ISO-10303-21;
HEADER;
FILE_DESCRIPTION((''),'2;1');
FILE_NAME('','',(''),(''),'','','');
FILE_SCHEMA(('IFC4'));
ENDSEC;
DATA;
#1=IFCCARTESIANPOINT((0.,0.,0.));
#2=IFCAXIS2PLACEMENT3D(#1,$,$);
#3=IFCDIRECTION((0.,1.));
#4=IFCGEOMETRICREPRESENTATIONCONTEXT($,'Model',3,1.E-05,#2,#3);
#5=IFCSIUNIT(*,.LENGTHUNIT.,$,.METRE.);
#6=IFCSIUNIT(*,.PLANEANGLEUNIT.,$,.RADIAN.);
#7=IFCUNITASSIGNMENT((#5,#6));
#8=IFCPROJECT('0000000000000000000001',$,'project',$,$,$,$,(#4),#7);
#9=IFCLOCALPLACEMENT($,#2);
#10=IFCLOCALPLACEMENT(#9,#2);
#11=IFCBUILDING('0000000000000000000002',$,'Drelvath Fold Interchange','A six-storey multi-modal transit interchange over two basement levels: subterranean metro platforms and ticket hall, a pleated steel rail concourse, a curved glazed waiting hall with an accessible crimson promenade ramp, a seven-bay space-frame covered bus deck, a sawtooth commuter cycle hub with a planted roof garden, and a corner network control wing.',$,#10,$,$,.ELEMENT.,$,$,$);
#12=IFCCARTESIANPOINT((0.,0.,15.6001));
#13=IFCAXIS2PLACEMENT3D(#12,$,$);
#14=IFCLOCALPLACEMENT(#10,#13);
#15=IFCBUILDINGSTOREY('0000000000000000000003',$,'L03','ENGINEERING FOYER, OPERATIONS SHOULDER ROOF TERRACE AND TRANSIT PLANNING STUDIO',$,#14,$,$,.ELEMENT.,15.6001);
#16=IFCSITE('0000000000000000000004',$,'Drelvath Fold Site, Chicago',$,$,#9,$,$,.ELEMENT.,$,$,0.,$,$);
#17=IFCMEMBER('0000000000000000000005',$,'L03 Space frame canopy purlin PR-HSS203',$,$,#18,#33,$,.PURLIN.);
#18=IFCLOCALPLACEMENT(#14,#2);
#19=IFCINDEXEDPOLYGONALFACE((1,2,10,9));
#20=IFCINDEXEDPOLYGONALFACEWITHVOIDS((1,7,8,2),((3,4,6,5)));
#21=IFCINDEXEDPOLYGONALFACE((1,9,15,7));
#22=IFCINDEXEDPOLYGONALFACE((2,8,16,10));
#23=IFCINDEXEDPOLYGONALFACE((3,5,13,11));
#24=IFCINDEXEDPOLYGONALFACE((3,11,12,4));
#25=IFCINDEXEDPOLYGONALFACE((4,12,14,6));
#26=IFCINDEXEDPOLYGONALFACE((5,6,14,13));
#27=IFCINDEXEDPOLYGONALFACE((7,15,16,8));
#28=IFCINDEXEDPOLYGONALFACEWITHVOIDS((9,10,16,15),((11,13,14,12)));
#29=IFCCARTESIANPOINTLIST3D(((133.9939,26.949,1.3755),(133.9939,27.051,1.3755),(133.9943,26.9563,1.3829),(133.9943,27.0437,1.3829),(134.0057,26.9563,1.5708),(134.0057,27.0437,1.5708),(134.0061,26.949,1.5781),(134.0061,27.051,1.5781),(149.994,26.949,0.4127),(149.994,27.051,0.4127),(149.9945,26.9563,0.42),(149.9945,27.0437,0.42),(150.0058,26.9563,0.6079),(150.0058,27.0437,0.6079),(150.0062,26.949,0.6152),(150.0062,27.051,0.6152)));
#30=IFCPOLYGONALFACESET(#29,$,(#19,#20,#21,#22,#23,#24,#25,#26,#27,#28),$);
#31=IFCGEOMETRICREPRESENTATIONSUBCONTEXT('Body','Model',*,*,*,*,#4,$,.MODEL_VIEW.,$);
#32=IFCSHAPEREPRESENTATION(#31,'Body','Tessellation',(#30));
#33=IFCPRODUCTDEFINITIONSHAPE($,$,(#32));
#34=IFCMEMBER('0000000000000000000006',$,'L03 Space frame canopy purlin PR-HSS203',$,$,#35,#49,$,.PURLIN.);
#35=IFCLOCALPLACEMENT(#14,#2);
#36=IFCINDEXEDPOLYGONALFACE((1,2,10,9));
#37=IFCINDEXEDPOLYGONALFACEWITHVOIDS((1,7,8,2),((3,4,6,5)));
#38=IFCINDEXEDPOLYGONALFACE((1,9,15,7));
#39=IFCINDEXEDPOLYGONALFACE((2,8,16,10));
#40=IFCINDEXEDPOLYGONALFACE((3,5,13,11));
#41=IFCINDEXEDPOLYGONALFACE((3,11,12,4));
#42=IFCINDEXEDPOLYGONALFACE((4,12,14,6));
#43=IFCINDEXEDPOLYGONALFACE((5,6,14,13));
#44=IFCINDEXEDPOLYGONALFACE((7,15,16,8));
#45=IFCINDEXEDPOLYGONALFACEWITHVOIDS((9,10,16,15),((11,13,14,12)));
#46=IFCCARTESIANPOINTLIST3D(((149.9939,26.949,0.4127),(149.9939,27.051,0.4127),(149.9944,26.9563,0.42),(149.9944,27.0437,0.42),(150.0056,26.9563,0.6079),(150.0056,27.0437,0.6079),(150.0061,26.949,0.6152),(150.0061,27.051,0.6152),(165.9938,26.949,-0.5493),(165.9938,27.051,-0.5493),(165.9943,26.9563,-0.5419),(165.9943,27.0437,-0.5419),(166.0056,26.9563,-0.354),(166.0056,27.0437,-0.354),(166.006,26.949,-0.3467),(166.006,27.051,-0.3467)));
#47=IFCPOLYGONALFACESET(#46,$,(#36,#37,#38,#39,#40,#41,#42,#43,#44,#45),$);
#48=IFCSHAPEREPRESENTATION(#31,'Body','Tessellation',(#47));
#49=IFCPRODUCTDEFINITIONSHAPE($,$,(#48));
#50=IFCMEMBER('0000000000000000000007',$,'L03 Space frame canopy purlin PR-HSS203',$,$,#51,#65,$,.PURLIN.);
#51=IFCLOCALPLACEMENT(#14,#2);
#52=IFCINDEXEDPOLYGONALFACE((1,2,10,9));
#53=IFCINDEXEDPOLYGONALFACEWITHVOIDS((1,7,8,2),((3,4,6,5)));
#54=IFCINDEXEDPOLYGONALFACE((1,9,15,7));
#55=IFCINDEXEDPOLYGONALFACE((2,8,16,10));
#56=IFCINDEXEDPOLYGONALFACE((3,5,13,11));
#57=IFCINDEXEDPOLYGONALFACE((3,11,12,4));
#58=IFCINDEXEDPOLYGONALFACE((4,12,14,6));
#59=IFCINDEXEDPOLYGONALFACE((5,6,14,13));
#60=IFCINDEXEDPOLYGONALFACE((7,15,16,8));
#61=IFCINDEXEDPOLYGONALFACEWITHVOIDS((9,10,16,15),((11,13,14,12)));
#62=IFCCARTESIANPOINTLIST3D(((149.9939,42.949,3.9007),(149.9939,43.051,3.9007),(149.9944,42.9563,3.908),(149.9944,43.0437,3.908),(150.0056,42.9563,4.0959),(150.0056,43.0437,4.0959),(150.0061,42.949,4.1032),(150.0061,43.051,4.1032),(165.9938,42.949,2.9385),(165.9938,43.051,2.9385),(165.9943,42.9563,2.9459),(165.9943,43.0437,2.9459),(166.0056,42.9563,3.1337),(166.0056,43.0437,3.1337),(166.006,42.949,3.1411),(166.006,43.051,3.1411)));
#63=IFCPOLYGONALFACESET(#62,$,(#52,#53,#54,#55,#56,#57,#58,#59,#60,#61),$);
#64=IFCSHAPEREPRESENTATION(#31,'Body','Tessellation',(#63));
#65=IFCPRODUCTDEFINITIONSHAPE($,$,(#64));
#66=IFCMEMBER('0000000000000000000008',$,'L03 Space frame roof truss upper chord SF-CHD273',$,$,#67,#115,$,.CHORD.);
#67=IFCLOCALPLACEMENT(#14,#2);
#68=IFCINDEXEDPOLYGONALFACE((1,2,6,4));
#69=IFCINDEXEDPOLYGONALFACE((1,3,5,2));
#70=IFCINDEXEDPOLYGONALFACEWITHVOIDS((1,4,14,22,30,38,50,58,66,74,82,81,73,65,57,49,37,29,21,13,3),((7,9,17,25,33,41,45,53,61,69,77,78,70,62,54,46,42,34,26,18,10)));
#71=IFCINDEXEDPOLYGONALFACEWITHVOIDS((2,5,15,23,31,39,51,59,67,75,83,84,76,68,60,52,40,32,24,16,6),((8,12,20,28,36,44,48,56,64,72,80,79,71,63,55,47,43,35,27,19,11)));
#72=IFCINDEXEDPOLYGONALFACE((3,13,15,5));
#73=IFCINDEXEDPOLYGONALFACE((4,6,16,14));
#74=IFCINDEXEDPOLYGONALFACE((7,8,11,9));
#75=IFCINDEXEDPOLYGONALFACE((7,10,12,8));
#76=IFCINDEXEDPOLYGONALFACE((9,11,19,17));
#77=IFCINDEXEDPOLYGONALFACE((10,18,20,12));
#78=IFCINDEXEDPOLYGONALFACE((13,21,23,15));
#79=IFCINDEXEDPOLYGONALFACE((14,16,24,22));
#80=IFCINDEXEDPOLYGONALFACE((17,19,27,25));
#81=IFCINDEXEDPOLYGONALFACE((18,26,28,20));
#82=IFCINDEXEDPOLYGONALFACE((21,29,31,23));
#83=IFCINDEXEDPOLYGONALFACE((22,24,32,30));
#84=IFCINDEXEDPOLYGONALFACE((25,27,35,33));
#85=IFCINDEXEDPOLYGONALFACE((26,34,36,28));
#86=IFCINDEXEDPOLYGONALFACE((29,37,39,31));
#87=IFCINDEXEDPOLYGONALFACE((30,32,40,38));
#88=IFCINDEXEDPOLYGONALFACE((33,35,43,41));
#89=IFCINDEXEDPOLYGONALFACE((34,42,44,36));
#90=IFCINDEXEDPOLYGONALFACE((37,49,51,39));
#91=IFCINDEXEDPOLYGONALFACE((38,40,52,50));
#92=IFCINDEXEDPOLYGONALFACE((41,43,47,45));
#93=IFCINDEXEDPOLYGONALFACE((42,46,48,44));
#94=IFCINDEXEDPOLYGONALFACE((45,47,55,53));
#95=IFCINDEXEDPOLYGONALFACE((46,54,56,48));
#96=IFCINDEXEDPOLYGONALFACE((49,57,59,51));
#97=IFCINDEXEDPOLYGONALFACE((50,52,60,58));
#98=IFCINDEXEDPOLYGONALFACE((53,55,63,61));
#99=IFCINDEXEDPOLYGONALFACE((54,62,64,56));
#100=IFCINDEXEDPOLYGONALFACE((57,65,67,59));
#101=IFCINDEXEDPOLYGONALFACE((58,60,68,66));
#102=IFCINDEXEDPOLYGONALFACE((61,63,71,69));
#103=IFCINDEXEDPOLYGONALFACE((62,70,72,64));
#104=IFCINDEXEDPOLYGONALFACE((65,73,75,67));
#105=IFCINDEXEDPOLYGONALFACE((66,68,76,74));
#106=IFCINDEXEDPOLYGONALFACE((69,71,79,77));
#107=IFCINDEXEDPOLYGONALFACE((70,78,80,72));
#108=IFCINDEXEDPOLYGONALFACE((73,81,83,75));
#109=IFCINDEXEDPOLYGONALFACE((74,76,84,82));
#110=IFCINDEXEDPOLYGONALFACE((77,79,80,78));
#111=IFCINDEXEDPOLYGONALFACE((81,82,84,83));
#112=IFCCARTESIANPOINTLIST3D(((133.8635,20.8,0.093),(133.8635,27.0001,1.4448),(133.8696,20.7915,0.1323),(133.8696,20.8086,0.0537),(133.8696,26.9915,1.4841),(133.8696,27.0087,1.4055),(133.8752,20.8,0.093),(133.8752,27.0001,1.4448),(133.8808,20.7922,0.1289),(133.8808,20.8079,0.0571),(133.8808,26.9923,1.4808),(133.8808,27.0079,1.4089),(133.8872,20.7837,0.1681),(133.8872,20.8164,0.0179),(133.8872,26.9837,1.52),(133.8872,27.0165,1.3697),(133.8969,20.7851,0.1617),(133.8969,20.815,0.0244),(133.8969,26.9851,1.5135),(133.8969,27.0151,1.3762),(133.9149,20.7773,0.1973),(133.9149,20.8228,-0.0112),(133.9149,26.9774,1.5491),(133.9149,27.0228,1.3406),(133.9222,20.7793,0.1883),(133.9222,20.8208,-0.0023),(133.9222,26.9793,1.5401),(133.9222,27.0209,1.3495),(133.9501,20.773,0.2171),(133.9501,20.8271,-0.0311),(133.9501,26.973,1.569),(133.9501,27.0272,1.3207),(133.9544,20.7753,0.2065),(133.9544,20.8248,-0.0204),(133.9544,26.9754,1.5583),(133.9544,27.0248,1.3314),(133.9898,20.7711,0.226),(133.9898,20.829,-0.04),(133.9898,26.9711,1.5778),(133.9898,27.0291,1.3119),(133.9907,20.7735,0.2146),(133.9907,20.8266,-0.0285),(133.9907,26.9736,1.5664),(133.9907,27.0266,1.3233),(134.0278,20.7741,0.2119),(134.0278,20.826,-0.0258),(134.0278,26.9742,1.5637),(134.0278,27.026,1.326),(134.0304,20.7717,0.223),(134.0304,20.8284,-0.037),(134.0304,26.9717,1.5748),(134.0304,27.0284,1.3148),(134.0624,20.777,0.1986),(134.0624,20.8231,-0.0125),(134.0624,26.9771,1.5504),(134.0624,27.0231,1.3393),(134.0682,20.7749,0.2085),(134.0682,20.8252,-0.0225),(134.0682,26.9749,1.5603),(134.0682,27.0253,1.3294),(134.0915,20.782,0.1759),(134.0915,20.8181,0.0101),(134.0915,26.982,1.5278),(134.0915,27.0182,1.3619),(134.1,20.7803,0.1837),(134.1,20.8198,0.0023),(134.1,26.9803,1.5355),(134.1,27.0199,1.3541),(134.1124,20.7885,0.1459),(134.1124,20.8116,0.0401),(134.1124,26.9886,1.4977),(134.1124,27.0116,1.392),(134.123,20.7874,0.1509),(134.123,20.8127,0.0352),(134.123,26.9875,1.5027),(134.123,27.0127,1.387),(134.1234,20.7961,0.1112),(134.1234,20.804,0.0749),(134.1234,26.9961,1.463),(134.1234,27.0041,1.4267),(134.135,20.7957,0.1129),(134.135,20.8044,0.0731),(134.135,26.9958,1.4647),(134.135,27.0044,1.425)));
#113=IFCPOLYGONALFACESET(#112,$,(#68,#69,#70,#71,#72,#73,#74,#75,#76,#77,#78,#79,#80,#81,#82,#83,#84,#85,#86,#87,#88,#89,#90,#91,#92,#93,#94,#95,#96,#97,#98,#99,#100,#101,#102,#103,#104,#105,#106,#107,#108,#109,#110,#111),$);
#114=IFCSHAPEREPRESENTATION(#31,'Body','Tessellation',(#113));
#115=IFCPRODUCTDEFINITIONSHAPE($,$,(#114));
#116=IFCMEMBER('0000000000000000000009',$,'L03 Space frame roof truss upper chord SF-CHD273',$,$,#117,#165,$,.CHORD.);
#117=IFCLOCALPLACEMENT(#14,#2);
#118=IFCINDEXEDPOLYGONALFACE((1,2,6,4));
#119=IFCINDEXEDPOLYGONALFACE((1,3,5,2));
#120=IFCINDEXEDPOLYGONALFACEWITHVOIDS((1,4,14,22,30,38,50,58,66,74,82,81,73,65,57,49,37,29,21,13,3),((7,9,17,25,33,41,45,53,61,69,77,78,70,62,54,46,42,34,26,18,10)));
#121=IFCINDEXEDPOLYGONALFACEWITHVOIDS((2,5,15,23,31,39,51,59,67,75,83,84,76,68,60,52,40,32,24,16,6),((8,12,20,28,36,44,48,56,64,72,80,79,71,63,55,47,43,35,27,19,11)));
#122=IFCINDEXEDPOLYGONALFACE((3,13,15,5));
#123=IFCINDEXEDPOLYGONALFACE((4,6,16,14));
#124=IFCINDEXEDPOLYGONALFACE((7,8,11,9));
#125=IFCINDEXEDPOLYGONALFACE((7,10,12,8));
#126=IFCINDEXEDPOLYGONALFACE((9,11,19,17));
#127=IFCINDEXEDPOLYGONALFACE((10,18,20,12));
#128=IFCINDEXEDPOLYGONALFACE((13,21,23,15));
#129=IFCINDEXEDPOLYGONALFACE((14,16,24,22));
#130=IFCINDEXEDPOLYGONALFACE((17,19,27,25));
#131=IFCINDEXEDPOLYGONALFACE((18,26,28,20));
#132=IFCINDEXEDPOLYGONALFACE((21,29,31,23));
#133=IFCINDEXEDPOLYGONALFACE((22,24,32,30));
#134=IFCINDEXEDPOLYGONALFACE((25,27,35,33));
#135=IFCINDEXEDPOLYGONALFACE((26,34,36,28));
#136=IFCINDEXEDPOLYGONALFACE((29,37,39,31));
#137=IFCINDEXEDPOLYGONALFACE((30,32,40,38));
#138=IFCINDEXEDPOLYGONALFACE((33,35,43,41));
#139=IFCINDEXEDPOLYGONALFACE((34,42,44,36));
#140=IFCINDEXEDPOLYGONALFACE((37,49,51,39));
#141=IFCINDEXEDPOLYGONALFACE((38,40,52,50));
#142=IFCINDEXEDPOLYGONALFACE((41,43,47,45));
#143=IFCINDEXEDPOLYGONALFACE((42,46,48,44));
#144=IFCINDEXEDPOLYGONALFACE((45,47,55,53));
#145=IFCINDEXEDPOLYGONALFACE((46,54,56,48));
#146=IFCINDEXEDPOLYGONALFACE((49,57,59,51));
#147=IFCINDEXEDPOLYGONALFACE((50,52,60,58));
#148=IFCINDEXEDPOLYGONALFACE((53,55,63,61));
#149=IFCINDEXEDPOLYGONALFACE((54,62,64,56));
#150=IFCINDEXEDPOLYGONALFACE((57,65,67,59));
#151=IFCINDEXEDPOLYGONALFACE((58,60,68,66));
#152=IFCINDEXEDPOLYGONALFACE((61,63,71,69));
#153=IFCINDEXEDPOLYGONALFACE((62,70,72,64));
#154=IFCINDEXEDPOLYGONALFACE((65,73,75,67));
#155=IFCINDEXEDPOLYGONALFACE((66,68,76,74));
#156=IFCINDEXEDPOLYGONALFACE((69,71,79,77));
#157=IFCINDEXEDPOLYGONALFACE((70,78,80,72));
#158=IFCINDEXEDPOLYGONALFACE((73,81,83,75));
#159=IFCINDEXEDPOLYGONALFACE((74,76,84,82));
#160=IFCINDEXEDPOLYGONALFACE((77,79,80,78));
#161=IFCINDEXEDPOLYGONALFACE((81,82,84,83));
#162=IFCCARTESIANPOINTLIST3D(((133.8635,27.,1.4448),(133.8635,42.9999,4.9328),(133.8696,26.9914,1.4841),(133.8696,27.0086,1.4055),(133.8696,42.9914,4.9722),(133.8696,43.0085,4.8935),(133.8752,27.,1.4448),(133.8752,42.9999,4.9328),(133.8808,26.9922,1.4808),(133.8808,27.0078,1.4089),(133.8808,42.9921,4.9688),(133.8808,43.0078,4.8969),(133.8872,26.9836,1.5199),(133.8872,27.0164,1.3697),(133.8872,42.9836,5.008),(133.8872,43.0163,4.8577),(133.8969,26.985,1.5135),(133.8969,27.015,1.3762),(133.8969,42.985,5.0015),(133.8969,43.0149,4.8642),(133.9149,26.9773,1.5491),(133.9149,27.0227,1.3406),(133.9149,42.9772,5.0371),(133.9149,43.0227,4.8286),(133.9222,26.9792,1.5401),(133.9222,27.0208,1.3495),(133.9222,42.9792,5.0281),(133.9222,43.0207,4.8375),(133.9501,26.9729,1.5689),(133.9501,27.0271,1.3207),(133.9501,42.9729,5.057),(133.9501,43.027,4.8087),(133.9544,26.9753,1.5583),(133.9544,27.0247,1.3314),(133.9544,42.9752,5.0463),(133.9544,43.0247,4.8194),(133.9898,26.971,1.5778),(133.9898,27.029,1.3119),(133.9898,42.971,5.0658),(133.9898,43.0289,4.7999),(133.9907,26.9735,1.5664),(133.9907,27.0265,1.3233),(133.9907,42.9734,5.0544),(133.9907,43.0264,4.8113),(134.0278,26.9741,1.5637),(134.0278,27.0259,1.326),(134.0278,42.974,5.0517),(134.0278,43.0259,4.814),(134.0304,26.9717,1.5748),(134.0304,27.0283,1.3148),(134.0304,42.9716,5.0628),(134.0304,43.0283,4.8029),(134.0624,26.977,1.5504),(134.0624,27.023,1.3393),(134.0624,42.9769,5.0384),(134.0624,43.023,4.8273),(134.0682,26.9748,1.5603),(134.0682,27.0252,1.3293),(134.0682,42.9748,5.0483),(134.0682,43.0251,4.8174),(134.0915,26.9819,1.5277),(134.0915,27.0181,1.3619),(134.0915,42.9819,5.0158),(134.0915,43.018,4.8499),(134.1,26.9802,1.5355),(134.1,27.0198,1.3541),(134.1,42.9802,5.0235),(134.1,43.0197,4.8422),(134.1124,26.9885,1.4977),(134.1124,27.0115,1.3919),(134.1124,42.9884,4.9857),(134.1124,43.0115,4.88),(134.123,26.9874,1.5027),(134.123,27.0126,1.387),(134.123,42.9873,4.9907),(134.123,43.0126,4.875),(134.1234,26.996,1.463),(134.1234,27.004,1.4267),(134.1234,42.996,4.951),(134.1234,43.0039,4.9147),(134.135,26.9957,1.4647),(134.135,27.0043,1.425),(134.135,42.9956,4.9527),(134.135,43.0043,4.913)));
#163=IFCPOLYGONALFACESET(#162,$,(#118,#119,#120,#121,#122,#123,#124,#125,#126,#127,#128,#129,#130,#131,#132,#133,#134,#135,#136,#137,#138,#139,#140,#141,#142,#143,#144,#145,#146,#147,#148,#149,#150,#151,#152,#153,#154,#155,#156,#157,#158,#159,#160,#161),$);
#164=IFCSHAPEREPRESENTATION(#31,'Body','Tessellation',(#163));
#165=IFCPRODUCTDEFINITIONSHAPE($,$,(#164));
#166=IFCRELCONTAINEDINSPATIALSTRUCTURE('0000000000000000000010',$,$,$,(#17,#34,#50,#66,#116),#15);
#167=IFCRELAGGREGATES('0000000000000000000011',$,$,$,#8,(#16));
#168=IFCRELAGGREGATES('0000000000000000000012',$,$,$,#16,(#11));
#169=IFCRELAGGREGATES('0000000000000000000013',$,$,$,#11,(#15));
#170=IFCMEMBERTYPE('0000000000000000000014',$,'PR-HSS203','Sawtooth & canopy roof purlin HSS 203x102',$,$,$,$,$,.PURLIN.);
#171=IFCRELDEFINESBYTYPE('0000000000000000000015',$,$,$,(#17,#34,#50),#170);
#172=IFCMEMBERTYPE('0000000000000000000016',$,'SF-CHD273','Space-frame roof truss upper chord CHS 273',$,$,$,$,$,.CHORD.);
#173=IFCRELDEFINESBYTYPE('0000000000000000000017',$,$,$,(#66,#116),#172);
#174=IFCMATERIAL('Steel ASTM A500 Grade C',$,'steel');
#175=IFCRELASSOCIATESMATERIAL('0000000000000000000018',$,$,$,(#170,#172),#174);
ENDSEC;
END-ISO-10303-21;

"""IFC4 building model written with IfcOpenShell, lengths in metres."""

from ifc_helpers import new_model, si_unit, direction, frame, origin, origin_2d, place, context, subcontext, project, spatial, hollow_rectangle, hollow_circle, extrude, material, material_profile, profile_set, type_object, element, save


model = new_model("IFC4")

# Units and contexts
model_context = context("Model", 3, precision=1e-05, world=origin(), true_north=direction((0.0, 1.0)))
body_context = subcontext(model_context, "Body", "Model", "MODEL_VIEW")
ifc_project = project(units=[si_unit("LENGTHUNIT", "METRE"), si_unit("PLANEANGLEUNIT", "RADIAN")], contexts=[model_context])

# Site, building, storey
site_placement = place(None, origin())
site = spatial("IfcSite", under=ifc_project, at=site_placement, Name="Drelvath Fold Site, Chicago", CompositionType="ELEMENT", RefElevation=0.0)
building_placement = place(site_placement, origin())
building = spatial("IfcBuilding", under=site, at=building_placement, Name="Drelvath Fold Interchange", Description="A six-storey multi-modal transit interchange over two basement levels: subterranean metro platforms and ticket hall, a pleated steel rail concourse, a curved glazed waiting hall with an accessible crimson promenade ramp, a seven-bay space-frame covered bus deck, a sawtooth commuter cycle hub with a planted roof garden, and a corner network control wing.", CompositionType="ELEMENT")
storey_placement = place(building_placement, frame((0.0, 0.0, 15.6001)))
storey = spatial("IfcBuildingStorey", under=building, at=storey_placement, Name="L03", Description="ENGINEERING FOYER, OPERATIONS SHOULDER ROOF TERRACE AND TRANSIT PLANNING STUDIO", CompositionType="ELEMENT", Elevation=15.6001)

# Members
ifc_material_1 = material(Name="Steel ASTM A500 Grade C", Category="steel")
ifc_material_profile_1 = material_profile(ifc_material_1, hollow_rectangle(XDim=0.1021, YDim=0.2029, WallThickness=0.0073, at=origin_2d()), Name="HSS8X4X5/16")
ifc_profile_set_1 = profile_set([ifc_material_profile_1], Name="Steel ASTM A500 Grade C")
member_type_1 = type_object("IfcMemberType", Name="PR-HSS203", Description="Sawtooth & canopy roof purlin HSS 203x102", PredefinedType="PURLIN", material=ifc_profile_set_1)
member_1_placement = place(storey_placement, frame((134.0, 27.0, 1.4768), z_axis=(0.998194, 0.0, -0.060072), x_axis=(0.0, 1.0, 0.0)))
element("IfcMember", 1, at=member_1_placement, inside=storey, type_object=member_type_1, Name="L03 Space frame canopy purlin PR-HSS203", PredefinedType="PURLIN", context=body_context, shape_type="SweptSolid", body=[
    extrude(hollow_rectangle(XDim=0.1021, YDim=0.2029, WallThickness=0.0073, at=origin_2d()), origin(), (0.0, 0.0, 1.0), 16.0291),
])
for number, where, z_axis, x_axis, name in (
    (2, (150.0, 27.0, 0.5139), (0.998198, 0.0, -0.060011), (0.0, 1.0, 0.0), "L03 Space frame canopy purlin PR-HSS203"),
    (3, (150.0, 43.0, 4.002), (0.998197, 0.0, -0.060026), (0.0, 1.0, 0.0), "L03 Space frame canopy purlin PR-HSS203"),
):
    element("IfcMember", number, at=place(storey_placement, frame(where, z_axis=z_axis, x_axis=x_axis)), inside=storey, type_object=member_type_1, Name=name, PredefinedType="PURLIN", context=body_context, shape_type="SweptSolid", body=[
        extrude(hollow_rectangle(XDim=0.1021, YDim=0.2029, WallThickness=0.0073, at=origin_2d()), origin(), (0.0, 0.0, 1.0), 16.0288),
    ])
ifc_material_profile_2 = material_profile(ifc_material_1, hollow_circle(Radius=0.1365, WallThickness=0.0117, at=origin_2d()), Name="HSS10.750X0.500")
ifc_profile_set_2 = profile_set([ifc_material_profile_2], Name="Steel ASTM A500 Grade C")
member_type_2 = type_object("IfcMemberType", Name="SF-CHD273", Description="Space-frame roof truss upper chord CHS 273", PredefinedType="CHORD", material=ifc_profile_set_2)
member_2_placement = place(storey_placement, frame((134.0, 20.8, 0.093), z_axis=(0.0, 0.977046, 0.21303), x_axis=(-1.0, 0.0, 0.0)))
element("IfcMember", 4, at=member_2_placement, inside=storey, type_object=member_type_2, Name="L03 Space frame roof truss upper chord SF-CHD273", PredefinedType="CHORD", context=body_context, shape_type="SweptSolid", body=[
    extrude(hollow_circle(Radius=0.1365, WallThickness=0.0117, at=origin_2d()), origin(), (0.0, 0.0, 1.0), 6.3457),
])
for number, where, z_axis, x_axis, name in (
    (5, (134.0, 27.0, 1.4448), (0.0, 0.977052, 0.213), (-1.0, 0.0, 0.0), "L03 Space frame roof truss upper chord SF-CHD273"),
):
    element("IfcMember", number, at=place(storey_placement, frame(where, z_axis=z_axis, x_axis=x_axis)), inside=storey, type_object=member_type_2, Name=name, PredefinedType="CHORD", context=body_context, shape_type="SweptSolid", body=[
        extrude(hollow_circle(Radius=0.1365, WallThickness=0.0117, at=origin_2d()), origin(), (0.0, 0.0, 1.0), 16.3757),
    ])

save(model, "model.ifc")
